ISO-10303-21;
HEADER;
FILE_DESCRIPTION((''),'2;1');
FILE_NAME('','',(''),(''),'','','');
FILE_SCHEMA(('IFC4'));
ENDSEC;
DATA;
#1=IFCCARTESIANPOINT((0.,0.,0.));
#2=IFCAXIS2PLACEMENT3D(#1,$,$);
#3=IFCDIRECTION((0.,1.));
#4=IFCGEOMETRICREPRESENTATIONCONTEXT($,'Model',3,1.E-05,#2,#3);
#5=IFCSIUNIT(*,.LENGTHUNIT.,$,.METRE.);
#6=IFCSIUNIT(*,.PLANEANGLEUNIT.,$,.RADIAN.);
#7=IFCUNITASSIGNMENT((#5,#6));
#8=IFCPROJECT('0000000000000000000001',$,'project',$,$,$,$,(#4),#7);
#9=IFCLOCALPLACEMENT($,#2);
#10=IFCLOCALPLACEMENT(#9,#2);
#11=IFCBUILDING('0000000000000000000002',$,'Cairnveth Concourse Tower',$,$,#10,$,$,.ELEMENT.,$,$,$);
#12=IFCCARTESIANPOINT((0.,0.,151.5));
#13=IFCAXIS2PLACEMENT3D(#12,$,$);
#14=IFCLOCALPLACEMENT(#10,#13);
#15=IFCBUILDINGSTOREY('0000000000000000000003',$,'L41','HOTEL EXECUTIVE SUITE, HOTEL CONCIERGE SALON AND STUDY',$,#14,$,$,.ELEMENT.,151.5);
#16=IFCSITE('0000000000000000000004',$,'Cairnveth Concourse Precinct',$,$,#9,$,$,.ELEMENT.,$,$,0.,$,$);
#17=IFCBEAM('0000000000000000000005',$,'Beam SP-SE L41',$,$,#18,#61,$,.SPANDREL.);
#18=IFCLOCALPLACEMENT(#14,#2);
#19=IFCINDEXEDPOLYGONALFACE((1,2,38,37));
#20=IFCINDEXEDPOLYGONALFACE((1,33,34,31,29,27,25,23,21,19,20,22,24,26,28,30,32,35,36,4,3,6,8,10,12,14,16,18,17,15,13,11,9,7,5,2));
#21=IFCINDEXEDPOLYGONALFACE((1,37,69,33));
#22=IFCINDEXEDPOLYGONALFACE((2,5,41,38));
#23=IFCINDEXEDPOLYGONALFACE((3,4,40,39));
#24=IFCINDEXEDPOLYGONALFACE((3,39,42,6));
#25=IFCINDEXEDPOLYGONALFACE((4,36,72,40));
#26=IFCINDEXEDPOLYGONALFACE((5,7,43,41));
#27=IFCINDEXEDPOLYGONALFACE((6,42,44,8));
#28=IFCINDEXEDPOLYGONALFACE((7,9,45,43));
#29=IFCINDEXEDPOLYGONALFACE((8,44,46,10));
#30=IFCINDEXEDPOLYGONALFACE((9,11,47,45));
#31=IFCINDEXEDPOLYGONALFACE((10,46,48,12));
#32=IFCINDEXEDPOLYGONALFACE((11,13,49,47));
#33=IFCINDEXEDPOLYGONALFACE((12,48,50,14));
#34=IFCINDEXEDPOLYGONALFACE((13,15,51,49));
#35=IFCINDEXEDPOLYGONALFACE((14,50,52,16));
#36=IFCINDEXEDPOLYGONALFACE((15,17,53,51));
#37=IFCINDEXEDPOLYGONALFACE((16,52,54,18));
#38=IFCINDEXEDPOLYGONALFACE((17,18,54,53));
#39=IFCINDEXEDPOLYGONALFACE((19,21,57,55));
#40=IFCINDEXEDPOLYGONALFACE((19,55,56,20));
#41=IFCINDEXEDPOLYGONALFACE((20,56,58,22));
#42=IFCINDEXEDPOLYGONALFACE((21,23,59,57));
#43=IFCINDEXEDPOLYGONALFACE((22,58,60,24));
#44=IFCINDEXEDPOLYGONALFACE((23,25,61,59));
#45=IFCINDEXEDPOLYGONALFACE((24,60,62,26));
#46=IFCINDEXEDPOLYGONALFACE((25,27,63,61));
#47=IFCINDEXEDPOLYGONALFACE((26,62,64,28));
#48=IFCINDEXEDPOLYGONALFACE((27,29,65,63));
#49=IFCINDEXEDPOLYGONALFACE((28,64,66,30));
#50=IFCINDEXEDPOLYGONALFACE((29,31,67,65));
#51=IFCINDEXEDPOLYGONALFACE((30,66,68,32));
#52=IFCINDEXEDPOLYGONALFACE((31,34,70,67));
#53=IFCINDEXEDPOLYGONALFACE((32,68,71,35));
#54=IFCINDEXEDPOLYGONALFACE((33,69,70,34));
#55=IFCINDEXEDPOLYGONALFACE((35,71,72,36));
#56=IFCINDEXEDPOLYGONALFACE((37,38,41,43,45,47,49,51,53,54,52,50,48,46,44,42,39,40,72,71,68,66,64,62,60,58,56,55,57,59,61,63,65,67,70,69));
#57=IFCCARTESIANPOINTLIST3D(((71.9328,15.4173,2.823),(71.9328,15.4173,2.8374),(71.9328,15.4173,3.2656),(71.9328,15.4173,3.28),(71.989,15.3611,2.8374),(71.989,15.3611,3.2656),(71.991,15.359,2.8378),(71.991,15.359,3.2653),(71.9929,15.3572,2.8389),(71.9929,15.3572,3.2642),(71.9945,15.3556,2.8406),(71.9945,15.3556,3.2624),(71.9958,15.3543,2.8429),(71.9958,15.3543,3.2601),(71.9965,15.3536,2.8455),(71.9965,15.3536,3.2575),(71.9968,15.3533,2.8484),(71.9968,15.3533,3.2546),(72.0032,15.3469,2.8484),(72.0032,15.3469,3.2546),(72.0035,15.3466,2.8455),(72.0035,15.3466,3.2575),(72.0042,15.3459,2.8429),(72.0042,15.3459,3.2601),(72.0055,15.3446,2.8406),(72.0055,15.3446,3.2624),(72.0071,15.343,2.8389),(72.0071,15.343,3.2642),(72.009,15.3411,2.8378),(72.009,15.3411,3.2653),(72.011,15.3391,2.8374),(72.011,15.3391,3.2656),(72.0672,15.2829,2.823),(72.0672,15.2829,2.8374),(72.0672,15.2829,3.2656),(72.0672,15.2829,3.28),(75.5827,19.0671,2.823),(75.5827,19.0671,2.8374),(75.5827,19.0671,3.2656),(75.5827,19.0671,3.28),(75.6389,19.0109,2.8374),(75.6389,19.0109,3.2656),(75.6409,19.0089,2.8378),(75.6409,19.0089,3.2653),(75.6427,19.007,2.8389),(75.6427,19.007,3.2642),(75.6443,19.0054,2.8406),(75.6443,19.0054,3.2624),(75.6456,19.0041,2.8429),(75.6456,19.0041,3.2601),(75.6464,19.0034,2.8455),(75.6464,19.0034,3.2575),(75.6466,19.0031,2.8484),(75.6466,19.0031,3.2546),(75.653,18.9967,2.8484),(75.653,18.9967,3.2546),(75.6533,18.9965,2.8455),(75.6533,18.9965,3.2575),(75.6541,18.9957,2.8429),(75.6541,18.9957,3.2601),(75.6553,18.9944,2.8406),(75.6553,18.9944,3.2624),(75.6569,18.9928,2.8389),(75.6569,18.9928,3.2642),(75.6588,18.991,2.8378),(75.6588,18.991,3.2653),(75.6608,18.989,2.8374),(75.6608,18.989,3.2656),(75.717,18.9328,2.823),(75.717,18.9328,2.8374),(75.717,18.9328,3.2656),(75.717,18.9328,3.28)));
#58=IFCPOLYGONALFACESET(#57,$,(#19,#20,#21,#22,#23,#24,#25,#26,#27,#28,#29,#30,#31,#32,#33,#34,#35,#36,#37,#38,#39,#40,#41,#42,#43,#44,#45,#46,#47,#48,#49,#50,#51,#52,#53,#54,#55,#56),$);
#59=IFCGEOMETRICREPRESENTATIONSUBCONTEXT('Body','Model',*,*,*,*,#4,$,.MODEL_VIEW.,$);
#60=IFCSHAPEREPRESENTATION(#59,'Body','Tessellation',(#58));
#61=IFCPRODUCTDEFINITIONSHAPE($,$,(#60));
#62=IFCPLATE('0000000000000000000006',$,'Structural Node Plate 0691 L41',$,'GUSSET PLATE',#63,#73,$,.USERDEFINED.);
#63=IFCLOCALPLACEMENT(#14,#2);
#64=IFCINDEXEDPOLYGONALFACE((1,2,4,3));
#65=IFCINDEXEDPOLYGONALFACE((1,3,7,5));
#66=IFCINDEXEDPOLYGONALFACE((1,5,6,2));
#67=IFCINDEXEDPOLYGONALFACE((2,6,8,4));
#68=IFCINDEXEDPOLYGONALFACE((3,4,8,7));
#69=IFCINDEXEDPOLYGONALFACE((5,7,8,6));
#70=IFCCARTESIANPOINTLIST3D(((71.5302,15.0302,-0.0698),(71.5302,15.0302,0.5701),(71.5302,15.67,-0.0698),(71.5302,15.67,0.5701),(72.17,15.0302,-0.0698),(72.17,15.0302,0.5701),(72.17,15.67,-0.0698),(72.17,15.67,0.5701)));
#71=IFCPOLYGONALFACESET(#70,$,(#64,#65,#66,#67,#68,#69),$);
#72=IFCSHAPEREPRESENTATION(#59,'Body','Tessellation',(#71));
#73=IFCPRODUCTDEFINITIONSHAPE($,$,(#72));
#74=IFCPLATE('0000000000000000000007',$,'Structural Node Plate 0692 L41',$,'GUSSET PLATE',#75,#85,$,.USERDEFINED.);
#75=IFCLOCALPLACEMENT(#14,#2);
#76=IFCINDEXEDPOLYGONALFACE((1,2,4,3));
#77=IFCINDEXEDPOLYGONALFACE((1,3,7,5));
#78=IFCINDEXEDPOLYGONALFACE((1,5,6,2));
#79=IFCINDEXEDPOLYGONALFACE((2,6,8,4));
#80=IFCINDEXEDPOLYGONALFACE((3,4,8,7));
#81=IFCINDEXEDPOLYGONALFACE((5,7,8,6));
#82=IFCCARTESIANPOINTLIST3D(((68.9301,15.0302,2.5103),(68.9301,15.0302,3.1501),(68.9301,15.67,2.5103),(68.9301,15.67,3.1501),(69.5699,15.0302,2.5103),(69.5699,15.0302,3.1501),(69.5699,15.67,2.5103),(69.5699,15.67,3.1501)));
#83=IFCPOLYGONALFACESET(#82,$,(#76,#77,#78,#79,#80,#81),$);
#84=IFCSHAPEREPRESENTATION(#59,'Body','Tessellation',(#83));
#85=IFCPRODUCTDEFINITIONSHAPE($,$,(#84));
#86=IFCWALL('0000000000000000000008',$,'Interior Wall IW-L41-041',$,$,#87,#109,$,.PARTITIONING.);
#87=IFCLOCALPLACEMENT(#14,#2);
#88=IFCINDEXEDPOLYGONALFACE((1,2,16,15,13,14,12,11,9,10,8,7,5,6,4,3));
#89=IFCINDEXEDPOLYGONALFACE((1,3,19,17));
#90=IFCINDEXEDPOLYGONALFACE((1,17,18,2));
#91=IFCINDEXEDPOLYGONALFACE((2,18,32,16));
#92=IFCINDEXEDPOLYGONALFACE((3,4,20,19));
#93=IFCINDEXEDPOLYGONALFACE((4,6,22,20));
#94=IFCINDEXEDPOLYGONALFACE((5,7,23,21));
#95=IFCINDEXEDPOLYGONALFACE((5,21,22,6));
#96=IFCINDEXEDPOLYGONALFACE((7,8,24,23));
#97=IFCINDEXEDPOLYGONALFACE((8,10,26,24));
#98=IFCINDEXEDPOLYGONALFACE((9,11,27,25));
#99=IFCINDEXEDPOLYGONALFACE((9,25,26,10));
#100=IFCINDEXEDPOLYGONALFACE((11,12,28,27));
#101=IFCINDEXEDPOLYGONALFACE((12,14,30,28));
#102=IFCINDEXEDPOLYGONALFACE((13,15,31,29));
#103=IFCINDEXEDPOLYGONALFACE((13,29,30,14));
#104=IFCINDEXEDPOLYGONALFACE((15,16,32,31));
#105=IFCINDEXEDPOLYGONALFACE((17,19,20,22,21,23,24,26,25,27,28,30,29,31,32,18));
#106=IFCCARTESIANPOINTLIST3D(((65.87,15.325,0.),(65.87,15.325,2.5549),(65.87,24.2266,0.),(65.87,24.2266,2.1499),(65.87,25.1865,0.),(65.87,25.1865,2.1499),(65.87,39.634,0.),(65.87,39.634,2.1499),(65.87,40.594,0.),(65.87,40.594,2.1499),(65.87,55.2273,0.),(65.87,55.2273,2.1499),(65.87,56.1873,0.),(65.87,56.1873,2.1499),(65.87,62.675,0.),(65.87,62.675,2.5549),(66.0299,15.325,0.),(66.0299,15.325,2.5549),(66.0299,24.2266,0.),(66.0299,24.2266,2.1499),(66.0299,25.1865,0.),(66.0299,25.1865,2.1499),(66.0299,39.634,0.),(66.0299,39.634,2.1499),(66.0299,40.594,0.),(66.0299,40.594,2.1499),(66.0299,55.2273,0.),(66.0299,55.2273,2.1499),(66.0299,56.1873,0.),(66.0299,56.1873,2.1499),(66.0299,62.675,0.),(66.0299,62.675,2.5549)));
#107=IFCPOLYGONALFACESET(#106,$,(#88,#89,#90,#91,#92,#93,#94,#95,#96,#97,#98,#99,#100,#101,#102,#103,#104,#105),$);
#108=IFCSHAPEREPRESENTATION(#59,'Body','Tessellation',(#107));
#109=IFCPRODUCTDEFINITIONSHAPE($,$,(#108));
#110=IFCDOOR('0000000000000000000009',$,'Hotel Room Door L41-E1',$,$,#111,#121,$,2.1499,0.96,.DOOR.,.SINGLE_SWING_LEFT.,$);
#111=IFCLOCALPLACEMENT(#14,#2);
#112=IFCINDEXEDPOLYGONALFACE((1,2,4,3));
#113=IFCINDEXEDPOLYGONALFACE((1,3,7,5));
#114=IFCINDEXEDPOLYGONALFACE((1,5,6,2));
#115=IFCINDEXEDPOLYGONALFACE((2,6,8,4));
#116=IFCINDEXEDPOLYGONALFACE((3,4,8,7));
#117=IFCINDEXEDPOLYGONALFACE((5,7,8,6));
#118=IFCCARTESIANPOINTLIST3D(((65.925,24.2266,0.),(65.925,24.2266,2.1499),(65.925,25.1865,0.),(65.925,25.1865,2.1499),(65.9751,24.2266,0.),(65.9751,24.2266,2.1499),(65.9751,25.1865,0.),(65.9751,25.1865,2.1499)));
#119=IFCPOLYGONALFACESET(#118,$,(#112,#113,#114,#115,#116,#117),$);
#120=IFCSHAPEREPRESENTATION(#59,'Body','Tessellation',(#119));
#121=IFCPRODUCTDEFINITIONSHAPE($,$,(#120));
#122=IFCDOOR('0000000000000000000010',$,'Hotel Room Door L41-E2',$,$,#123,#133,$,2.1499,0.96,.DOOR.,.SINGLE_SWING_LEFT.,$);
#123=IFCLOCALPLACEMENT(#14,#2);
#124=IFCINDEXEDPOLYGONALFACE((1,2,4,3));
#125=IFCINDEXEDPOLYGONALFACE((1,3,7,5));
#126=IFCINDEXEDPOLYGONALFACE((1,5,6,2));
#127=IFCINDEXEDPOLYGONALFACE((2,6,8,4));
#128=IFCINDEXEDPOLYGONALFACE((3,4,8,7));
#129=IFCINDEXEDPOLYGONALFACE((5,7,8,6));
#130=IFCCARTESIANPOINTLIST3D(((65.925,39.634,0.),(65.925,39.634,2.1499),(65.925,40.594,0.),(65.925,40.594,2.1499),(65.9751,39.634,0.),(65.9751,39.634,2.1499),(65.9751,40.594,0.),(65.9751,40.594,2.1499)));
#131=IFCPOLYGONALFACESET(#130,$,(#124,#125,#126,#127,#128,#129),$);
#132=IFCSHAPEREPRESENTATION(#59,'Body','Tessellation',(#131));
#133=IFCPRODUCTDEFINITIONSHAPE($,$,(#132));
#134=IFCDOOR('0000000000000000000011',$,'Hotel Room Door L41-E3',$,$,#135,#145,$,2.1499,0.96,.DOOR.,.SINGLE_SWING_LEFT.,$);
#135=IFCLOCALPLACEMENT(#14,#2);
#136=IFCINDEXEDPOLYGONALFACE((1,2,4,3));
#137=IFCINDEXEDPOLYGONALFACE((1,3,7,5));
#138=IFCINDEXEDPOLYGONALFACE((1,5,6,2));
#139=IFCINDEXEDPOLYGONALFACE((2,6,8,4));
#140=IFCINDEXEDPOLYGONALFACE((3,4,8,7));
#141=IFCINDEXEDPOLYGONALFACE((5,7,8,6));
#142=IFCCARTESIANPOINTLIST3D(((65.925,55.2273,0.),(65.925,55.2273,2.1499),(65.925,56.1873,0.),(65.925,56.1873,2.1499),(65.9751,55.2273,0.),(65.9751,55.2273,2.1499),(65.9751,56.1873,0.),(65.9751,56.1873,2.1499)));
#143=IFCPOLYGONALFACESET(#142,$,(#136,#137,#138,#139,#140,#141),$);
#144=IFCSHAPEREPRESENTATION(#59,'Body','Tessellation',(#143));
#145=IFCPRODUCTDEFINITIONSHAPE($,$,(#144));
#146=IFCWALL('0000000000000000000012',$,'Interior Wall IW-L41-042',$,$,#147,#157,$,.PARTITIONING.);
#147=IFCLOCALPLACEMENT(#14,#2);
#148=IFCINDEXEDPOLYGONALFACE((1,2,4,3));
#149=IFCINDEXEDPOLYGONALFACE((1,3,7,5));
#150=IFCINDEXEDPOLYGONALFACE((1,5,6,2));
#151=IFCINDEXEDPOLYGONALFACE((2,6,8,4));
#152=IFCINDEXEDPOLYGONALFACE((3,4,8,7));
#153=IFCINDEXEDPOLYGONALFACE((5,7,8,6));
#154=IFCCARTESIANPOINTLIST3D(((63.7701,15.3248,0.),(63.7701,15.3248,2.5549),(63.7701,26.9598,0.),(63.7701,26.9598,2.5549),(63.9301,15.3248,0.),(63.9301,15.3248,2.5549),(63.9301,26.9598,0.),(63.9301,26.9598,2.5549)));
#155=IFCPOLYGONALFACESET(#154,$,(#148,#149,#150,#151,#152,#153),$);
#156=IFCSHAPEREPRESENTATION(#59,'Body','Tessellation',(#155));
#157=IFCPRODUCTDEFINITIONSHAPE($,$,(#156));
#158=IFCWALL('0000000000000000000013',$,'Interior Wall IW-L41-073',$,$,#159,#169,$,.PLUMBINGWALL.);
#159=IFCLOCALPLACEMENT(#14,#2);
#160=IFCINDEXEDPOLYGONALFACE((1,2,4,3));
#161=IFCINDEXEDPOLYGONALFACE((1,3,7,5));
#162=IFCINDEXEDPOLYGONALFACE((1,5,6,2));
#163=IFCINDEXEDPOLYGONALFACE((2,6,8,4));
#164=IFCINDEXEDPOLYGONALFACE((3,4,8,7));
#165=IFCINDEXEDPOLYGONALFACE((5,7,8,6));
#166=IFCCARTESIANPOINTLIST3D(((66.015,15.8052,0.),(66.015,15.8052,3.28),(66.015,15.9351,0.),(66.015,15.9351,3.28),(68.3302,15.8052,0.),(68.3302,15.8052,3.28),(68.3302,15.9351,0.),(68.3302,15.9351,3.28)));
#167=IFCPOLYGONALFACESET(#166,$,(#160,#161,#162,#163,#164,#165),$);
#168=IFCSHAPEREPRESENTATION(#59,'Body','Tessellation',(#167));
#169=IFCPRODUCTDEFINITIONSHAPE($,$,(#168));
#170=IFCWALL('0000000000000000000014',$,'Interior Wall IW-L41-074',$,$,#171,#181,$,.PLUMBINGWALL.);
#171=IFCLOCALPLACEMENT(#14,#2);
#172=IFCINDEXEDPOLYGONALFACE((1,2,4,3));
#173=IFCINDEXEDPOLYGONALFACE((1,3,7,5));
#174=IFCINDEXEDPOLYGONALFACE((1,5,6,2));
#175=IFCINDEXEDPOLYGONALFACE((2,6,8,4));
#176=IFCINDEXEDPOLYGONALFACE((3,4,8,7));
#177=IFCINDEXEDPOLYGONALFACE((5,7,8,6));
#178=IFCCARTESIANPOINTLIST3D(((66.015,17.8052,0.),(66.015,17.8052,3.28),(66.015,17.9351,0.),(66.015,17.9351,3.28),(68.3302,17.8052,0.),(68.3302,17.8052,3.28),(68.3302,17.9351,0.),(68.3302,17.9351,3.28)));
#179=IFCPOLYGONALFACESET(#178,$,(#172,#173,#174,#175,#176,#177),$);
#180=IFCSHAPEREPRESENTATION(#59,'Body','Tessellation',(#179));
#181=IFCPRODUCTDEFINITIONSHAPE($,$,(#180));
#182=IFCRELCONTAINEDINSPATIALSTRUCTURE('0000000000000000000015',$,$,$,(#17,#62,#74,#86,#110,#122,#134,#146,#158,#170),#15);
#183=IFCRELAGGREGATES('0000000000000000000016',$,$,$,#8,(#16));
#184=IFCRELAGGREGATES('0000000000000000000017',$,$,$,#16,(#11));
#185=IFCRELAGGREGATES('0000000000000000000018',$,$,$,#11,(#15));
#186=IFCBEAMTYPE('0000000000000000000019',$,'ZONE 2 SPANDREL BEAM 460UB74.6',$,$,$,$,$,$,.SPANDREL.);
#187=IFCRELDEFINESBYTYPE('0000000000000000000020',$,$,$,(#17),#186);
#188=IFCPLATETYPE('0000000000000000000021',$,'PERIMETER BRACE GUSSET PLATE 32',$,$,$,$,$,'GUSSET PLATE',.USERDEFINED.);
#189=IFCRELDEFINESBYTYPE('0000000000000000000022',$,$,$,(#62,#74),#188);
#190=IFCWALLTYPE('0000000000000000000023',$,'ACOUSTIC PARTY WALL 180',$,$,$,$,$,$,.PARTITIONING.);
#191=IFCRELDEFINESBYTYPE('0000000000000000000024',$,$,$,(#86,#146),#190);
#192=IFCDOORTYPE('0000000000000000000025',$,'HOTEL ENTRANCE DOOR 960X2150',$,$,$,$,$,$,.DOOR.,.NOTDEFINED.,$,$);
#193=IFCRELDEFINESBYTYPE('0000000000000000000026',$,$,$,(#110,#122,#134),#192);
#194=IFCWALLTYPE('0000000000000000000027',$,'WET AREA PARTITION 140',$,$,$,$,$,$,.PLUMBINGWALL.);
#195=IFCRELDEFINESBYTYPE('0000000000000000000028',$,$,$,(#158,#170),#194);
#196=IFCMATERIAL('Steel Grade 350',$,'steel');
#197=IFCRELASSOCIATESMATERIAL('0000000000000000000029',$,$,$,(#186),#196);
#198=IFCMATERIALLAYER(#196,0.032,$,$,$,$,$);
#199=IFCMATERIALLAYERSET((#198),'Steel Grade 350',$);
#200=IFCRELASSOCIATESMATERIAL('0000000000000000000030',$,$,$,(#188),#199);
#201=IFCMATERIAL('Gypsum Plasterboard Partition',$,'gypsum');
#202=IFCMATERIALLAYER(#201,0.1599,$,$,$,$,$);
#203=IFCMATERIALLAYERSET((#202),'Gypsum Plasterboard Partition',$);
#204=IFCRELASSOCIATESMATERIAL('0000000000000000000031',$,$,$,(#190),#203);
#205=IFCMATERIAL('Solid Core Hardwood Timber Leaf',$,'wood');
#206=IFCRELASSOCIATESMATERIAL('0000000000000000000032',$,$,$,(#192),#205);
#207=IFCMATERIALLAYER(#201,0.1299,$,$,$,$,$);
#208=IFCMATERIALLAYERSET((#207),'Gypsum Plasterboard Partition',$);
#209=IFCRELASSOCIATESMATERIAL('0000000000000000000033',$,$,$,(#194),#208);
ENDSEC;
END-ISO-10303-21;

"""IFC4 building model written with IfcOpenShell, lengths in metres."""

from ifc_helpers import new_model, si_unit, direction, frame, frame_2d, origin, origin_2d, place, context, subcontext, project, spatial, rectangle, i_section, extrude, material, layer, layer_set, material_profile, profile_set, type_object, element, fill, save


model = new_model("IFC4")

# Units and contexts
model_context = context("Model", 3, precision=1e-05, world=origin(), true_north=direction((0.0, 1.0)))
body_context = subcontext(model_context, "Body", "Model", "MODEL_VIEW")
ifc_project = project(units=[si_unit("LENGTHUNIT", "METRE"), si_unit("PLANEANGLEUNIT", "RADIAN")], contexts=[model_context])

# Site, building, storey
site_placement = place(None, origin())
site = spatial("IfcSite", under=ifc_project, at=site_placement, Name="Cairnveth Concourse Precinct", CompositionType="ELEMENT", RefElevation=0.0)
building_placement = place(site_placement, origin())
building = spatial("IfcBuilding", under=site, at=building_placement, Name="Cairnveth Concourse Tower", CompositionType="ELEMENT")
storey_placement = place(building_placement, frame((0.0, 0.0, 151.5)))
storey = spatial("IfcBuildingStorey", under=building, at=storey_placement, Name="L41", Description="HOTEL EXECUTIVE SUITE, HOTEL CONCIERGE SALON AND STUDY", CompositionType="ELEMENT", Elevation=151.5)

# Shared definitions
ifc_material_1 = material(Name="Steel Grade 350", Category="steel")

# Beam
ifc_material_profile_1 = material_profile(ifc_material_1, i_section(OverallWidth=0.1899, OverallDepth=0.457, WebThickness=0.009, FlangeThickness=0.0144, FilletRadius=0.011, at=origin_2d()), Name="460UB74.6")
ifc_profile_set_1 = profile_set([ifc_material_profile_1], Name="Steel Grade 350")
beam_type_1 = type_object("IfcBeamType", Name="ZONE 2 SPANDREL BEAM 460UB74.6", PredefinedType="SPANDREL", material=ifc_profile_set_1)
beam_1_placement = place(storey_placement, frame((72.0, 15.3501, 3.0515), z_axis=(0.707107, 0.707107, 0.0), x_axis=(-0.707107, 0.707107, 0.0)))
element("IfcBeam", 1, at=beam_1_placement, inside=storey, type_object=beam_type_1, Name="Beam SP-SE L41", PredefinedType="SPANDREL", context=body_context, shape_type="SweptSolid", body=[
    extrude(i_section(OverallWidth=0.1899, OverallDepth=0.457, WebThickness=0.009, FlangeThickness=0.0144, FilletRadius=0.011, at=origin_2d()), origin(), (0.0, 0.0, 1.0), 5.1616),
])

# Plates
ifc_layer_1 = layer(ifc_material_1, 0.032)
ifc_layer_set_1 = layer_set([ifc_layer_1], Name="Steel Grade 350")
plate_type = type_object("IfcPlateType", Name="PERIMETER BRACE GUSSET PLATE 32", ElementType="GUSSET PLATE", PredefinedType="USERDEFINED", material=ifc_layer_set_1)
for number, where, z_axis, x_axis, name in (
    (2, (71.8501, 15.3501, -0.0698), (0.0, 0.0, 1.0), (1.0, 0.0, 0.0), "Structural Node Plate 0691 L41"),
    (3, (69.25, 15.3501, 2.5103), (0.0, 0.0, 1.0), (1.0, 0.0, 0.0), "Structural Node Plate 0692 L41"),
):
    element("IfcPlate", number, at=place(storey_placement, frame(where, z_axis=z_axis, x_axis=x_axis)), inside=storey, type_object=plate_type, Name=name, ObjectType="GUSSET PLATE", PredefinedType="USERDEFINED", context=body_context, shape_type="SweptSolid", body=[
        extrude(rectangle(XDim=0.6399, YDim=0.6399, at=origin_2d()), origin(), (0.0, 0.0, 1.0), 0.6399),
    ])

# Wall, openings, doors
ifc_material_2 = material(Name="Gypsum Plasterboard Partition", Category="gypsum")
ifc_layer_2 = layer(ifc_material_2, 0.1599)
ifc_layer_set_2 = layer_set([ifc_layer_2], Name="Gypsum Plasterboard Partition")
wall_type_1 = type_object("IfcWallType", Name="ACOUSTIC PARTY WALL 180", PredefinedType="PARTITIONING", material=ifc_layer_set_2)
wall_1_placement = place(storey_placement, frame((65.95, 15.325, 0.0), z_axis=(0.0, 0.0, 1.0), x_axis=(0.0, 1.0, 0.0)))
wall_1 = element("IfcWall", 4, at=wall_1_placement, inside=storey, type_object=wall_type_1, Name="Interior Wall IW-L41-041", PredefinedType="PARTITIONING", context=body_context, shape_type="SweptSolid", body=[
    extrude(rectangle(XDim=47.3501, YDim=0.1599, at=frame_2d((23.675, 0.0))), origin(), (0.0, 0.0, 1.0), 2.5549),
])
opening_1_placement = place(wall_1_placement, frame((8.9016, 0.0, 0.0)))
opening_1 = element("IfcOpeningElement", 5, at=opening_1_placement, cuts=wall_1, PredefinedType="OPENING", context=body_context, shape_type="SweptSolid", body=[
    extrude(rectangle(XDim=0.96, YDim=2.1499, at=frame_2d((0.48, 1.075))), frame((0.0, 0.0898, 0.0), z_axis=(0.0, -1.0, 0.0), x_axis=(1.0, 0.0, 0.0)), (0.0, 0.0, 1.0), 0.1799),
])
opening_2_placement = place(wall_1_placement, frame((24.3091, 0.0, 0.0)))
opening_2 = element("IfcOpeningElement", 6, at=opening_2_placement, cuts=wall_1, PredefinedType="OPENING", context=body_context, shape_type="SweptSolid", body=[
    extrude(rectangle(XDim=0.96, YDim=2.1499, at=frame_2d((0.48, 1.075))), frame((0.0, 0.0898, 0.0), z_axis=(0.0, -1.0, 0.0), x_axis=(1.0, 0.0, 0.0)), (0.0, 0.0, 1.0), 0.1799),
])
opening_3_placement = place(wall_1_placement, frame((39.9023, 0.0, 0.0)))
opening_3 = element("IfcOpeningElement", 7, at=opening_3_placement, cuts=wall_1, PredefinedType="OPENING", context=body_context, shape_type="SweptSolid", body=[
    extrude(rectangle(XDim=0.96, YDim=2.1499, at=frame_2d((0.48, 1.075))), frame((0.0, 0.0898, 0.0), z_axis=(0.0, -1.0, 0.0), x_axis=(1.0, 0.0, 0.0)), (0.0, 0.0, 1.0), 0.1799),
])
ifc_material_3 = material(Name="Solid Core Hardwood Timber Leaf", Category="wood")
door_type_1 = type_object("IfcDoorType", Name="HOTEL ENTRANCE DOOR 960X2150", OperationType="NOTDEFINED", PredefinedType="DOOR", material=ifc_material_3)
door_1_placement = place(opening_1_placement, origin())
door_1 = element("IfcDoor", 8, at=door_1_placement, inside=storey, type_object=door_type_1, Name="Hotel Room Door L41-E1", OperationType="SINGLE_SWING_LEFT", OverallHeight=2.1499, OverallWidth=0.96, PredefinedType="DOOR", context=body_context, shape_type="SweptSolid", body=[
    extrude(rectangle(XDim=0.96, YDim=2.1499, at=frame_2d((0.48, 1.075))), frame((0.0, 0.0249, 0.0), z_axis=(0.0, -1.0, 0.0), x_axis=(1.0, 0.0, 0.0)), (0.0, 0.0, 1.0), 0.05),
])
fill(opening_1, door_1)
door_2_placement = place(opening_2_placement, origin())
door_2 = element("IfcDoor", 9, at=door_2_placement, inside=storey, type_object=door_type_1, Name="Hotel Room Door L41-E2", OperationType="SINGLE_SWING_LEFT", OverallHeight=2.1499, OverallWidth=0.96, PredefinedType="DOOR", context=body_context, shape_type="SweptSolid", body=[
    extrude(rectangle(XDim=0.96, YDim=2.1499, at=frame_2d((0.48, 1.075))), frame((0.0, 0.0249, 0.0), z_axis=(0.0, -1.0, 0.0), x_axis=(1.0, 0.0, 0.0)), (0.0, 0.0, 1.0), 0.05),
])
fill(opening_2, door_2)
door_3_placement = place(opening_3_placement, origin())
door_3 = element("IfcDoor", 10, at=door_3_placement, inside=storey, type_object=door_type_1, Name="Hotel Room Door L41-E3", OperationType="SINGLE_SWING_LEFT", OverallHeight=2.1499, OverallWidth=0.96, PredefinedType="DOOR", context=body_context, shape_type="SweptSolid", body=[
    extrude(rectangle(XDim=0.96, YDim=2.1499, at=frame_2d((0.48, 1.075))), frame((0.0, 0.0249, 0.0), z_axis=(0.0, -1.0, 0.0), x_axis=(1.0, 0.0, 0.0)), (0.0, 0.0, 1.0), 0.05),
])
fill(opening_3, door_3)

# Walls
wall_2_placement = place(storey_placement, frame((63.8501, 15.325, 0.0), z_axis=(0.0, 0.0, 1.0), x_axis=(0.0, 1.0, 0.0)))
element("IfcWall", 11, at=wall_2_placement, inside=storey, type_object=wall_type_1, Name="Interior Wall IW-L41-042", PredefinedType="PARTITIONING", context=body_context, shape_type="SweptSolid", body=[
    extrude(rectangle(XDim=11.635, YDim=0.1599, at=frame_2d((5.8174, 0.0))), origin(), (0.0, 0.0, 1.0), 2.5549),
])
ifc_layer_3 = layer(ifc_material_2, 0.1299)
ifc_layer_set_3 = layer_set([ifc_layer_3], Name="Gypsum Plasterboard Partition")
wall_type_2 = type_object("IfcWallType", Name="WET AREA PARTITION 140", PredefinedType="PLUMBINGWALL", material=ifc_layer_set_3)
for number, where, z_axis, x_axis, name in (
    (12, (66.0149, 15.8701, 0.0), (0.0, 0.0, 1.0), (1.0, 0.0, 0.0), "Interior Wall IW-L41-073"),
    (13, (66.0149, 17.8701, 0.0), (0.0, 0.0, 1.0), (1.0, 0.0, 0.0), "Interior Wall IW-L41-074"),
):
    element("IfcWall", number, at=place(storey_placement, frame(where, z_axis=z_axis, x_axis=x_axis)), inside=storey, type_object=wall_type_2, Name=name, PredefinedType="PLUMBINGWALL", context=body_context, shape_type="SweptSolid", body=[
        extrude(rectangle(XDim=2.3152, YDim=0.1299, at=frame_2d((1.1577, 0.0))), origin(), (0.0, 0.0, 1.0), 3.28),
    ])

save(model, "model.ifc")
